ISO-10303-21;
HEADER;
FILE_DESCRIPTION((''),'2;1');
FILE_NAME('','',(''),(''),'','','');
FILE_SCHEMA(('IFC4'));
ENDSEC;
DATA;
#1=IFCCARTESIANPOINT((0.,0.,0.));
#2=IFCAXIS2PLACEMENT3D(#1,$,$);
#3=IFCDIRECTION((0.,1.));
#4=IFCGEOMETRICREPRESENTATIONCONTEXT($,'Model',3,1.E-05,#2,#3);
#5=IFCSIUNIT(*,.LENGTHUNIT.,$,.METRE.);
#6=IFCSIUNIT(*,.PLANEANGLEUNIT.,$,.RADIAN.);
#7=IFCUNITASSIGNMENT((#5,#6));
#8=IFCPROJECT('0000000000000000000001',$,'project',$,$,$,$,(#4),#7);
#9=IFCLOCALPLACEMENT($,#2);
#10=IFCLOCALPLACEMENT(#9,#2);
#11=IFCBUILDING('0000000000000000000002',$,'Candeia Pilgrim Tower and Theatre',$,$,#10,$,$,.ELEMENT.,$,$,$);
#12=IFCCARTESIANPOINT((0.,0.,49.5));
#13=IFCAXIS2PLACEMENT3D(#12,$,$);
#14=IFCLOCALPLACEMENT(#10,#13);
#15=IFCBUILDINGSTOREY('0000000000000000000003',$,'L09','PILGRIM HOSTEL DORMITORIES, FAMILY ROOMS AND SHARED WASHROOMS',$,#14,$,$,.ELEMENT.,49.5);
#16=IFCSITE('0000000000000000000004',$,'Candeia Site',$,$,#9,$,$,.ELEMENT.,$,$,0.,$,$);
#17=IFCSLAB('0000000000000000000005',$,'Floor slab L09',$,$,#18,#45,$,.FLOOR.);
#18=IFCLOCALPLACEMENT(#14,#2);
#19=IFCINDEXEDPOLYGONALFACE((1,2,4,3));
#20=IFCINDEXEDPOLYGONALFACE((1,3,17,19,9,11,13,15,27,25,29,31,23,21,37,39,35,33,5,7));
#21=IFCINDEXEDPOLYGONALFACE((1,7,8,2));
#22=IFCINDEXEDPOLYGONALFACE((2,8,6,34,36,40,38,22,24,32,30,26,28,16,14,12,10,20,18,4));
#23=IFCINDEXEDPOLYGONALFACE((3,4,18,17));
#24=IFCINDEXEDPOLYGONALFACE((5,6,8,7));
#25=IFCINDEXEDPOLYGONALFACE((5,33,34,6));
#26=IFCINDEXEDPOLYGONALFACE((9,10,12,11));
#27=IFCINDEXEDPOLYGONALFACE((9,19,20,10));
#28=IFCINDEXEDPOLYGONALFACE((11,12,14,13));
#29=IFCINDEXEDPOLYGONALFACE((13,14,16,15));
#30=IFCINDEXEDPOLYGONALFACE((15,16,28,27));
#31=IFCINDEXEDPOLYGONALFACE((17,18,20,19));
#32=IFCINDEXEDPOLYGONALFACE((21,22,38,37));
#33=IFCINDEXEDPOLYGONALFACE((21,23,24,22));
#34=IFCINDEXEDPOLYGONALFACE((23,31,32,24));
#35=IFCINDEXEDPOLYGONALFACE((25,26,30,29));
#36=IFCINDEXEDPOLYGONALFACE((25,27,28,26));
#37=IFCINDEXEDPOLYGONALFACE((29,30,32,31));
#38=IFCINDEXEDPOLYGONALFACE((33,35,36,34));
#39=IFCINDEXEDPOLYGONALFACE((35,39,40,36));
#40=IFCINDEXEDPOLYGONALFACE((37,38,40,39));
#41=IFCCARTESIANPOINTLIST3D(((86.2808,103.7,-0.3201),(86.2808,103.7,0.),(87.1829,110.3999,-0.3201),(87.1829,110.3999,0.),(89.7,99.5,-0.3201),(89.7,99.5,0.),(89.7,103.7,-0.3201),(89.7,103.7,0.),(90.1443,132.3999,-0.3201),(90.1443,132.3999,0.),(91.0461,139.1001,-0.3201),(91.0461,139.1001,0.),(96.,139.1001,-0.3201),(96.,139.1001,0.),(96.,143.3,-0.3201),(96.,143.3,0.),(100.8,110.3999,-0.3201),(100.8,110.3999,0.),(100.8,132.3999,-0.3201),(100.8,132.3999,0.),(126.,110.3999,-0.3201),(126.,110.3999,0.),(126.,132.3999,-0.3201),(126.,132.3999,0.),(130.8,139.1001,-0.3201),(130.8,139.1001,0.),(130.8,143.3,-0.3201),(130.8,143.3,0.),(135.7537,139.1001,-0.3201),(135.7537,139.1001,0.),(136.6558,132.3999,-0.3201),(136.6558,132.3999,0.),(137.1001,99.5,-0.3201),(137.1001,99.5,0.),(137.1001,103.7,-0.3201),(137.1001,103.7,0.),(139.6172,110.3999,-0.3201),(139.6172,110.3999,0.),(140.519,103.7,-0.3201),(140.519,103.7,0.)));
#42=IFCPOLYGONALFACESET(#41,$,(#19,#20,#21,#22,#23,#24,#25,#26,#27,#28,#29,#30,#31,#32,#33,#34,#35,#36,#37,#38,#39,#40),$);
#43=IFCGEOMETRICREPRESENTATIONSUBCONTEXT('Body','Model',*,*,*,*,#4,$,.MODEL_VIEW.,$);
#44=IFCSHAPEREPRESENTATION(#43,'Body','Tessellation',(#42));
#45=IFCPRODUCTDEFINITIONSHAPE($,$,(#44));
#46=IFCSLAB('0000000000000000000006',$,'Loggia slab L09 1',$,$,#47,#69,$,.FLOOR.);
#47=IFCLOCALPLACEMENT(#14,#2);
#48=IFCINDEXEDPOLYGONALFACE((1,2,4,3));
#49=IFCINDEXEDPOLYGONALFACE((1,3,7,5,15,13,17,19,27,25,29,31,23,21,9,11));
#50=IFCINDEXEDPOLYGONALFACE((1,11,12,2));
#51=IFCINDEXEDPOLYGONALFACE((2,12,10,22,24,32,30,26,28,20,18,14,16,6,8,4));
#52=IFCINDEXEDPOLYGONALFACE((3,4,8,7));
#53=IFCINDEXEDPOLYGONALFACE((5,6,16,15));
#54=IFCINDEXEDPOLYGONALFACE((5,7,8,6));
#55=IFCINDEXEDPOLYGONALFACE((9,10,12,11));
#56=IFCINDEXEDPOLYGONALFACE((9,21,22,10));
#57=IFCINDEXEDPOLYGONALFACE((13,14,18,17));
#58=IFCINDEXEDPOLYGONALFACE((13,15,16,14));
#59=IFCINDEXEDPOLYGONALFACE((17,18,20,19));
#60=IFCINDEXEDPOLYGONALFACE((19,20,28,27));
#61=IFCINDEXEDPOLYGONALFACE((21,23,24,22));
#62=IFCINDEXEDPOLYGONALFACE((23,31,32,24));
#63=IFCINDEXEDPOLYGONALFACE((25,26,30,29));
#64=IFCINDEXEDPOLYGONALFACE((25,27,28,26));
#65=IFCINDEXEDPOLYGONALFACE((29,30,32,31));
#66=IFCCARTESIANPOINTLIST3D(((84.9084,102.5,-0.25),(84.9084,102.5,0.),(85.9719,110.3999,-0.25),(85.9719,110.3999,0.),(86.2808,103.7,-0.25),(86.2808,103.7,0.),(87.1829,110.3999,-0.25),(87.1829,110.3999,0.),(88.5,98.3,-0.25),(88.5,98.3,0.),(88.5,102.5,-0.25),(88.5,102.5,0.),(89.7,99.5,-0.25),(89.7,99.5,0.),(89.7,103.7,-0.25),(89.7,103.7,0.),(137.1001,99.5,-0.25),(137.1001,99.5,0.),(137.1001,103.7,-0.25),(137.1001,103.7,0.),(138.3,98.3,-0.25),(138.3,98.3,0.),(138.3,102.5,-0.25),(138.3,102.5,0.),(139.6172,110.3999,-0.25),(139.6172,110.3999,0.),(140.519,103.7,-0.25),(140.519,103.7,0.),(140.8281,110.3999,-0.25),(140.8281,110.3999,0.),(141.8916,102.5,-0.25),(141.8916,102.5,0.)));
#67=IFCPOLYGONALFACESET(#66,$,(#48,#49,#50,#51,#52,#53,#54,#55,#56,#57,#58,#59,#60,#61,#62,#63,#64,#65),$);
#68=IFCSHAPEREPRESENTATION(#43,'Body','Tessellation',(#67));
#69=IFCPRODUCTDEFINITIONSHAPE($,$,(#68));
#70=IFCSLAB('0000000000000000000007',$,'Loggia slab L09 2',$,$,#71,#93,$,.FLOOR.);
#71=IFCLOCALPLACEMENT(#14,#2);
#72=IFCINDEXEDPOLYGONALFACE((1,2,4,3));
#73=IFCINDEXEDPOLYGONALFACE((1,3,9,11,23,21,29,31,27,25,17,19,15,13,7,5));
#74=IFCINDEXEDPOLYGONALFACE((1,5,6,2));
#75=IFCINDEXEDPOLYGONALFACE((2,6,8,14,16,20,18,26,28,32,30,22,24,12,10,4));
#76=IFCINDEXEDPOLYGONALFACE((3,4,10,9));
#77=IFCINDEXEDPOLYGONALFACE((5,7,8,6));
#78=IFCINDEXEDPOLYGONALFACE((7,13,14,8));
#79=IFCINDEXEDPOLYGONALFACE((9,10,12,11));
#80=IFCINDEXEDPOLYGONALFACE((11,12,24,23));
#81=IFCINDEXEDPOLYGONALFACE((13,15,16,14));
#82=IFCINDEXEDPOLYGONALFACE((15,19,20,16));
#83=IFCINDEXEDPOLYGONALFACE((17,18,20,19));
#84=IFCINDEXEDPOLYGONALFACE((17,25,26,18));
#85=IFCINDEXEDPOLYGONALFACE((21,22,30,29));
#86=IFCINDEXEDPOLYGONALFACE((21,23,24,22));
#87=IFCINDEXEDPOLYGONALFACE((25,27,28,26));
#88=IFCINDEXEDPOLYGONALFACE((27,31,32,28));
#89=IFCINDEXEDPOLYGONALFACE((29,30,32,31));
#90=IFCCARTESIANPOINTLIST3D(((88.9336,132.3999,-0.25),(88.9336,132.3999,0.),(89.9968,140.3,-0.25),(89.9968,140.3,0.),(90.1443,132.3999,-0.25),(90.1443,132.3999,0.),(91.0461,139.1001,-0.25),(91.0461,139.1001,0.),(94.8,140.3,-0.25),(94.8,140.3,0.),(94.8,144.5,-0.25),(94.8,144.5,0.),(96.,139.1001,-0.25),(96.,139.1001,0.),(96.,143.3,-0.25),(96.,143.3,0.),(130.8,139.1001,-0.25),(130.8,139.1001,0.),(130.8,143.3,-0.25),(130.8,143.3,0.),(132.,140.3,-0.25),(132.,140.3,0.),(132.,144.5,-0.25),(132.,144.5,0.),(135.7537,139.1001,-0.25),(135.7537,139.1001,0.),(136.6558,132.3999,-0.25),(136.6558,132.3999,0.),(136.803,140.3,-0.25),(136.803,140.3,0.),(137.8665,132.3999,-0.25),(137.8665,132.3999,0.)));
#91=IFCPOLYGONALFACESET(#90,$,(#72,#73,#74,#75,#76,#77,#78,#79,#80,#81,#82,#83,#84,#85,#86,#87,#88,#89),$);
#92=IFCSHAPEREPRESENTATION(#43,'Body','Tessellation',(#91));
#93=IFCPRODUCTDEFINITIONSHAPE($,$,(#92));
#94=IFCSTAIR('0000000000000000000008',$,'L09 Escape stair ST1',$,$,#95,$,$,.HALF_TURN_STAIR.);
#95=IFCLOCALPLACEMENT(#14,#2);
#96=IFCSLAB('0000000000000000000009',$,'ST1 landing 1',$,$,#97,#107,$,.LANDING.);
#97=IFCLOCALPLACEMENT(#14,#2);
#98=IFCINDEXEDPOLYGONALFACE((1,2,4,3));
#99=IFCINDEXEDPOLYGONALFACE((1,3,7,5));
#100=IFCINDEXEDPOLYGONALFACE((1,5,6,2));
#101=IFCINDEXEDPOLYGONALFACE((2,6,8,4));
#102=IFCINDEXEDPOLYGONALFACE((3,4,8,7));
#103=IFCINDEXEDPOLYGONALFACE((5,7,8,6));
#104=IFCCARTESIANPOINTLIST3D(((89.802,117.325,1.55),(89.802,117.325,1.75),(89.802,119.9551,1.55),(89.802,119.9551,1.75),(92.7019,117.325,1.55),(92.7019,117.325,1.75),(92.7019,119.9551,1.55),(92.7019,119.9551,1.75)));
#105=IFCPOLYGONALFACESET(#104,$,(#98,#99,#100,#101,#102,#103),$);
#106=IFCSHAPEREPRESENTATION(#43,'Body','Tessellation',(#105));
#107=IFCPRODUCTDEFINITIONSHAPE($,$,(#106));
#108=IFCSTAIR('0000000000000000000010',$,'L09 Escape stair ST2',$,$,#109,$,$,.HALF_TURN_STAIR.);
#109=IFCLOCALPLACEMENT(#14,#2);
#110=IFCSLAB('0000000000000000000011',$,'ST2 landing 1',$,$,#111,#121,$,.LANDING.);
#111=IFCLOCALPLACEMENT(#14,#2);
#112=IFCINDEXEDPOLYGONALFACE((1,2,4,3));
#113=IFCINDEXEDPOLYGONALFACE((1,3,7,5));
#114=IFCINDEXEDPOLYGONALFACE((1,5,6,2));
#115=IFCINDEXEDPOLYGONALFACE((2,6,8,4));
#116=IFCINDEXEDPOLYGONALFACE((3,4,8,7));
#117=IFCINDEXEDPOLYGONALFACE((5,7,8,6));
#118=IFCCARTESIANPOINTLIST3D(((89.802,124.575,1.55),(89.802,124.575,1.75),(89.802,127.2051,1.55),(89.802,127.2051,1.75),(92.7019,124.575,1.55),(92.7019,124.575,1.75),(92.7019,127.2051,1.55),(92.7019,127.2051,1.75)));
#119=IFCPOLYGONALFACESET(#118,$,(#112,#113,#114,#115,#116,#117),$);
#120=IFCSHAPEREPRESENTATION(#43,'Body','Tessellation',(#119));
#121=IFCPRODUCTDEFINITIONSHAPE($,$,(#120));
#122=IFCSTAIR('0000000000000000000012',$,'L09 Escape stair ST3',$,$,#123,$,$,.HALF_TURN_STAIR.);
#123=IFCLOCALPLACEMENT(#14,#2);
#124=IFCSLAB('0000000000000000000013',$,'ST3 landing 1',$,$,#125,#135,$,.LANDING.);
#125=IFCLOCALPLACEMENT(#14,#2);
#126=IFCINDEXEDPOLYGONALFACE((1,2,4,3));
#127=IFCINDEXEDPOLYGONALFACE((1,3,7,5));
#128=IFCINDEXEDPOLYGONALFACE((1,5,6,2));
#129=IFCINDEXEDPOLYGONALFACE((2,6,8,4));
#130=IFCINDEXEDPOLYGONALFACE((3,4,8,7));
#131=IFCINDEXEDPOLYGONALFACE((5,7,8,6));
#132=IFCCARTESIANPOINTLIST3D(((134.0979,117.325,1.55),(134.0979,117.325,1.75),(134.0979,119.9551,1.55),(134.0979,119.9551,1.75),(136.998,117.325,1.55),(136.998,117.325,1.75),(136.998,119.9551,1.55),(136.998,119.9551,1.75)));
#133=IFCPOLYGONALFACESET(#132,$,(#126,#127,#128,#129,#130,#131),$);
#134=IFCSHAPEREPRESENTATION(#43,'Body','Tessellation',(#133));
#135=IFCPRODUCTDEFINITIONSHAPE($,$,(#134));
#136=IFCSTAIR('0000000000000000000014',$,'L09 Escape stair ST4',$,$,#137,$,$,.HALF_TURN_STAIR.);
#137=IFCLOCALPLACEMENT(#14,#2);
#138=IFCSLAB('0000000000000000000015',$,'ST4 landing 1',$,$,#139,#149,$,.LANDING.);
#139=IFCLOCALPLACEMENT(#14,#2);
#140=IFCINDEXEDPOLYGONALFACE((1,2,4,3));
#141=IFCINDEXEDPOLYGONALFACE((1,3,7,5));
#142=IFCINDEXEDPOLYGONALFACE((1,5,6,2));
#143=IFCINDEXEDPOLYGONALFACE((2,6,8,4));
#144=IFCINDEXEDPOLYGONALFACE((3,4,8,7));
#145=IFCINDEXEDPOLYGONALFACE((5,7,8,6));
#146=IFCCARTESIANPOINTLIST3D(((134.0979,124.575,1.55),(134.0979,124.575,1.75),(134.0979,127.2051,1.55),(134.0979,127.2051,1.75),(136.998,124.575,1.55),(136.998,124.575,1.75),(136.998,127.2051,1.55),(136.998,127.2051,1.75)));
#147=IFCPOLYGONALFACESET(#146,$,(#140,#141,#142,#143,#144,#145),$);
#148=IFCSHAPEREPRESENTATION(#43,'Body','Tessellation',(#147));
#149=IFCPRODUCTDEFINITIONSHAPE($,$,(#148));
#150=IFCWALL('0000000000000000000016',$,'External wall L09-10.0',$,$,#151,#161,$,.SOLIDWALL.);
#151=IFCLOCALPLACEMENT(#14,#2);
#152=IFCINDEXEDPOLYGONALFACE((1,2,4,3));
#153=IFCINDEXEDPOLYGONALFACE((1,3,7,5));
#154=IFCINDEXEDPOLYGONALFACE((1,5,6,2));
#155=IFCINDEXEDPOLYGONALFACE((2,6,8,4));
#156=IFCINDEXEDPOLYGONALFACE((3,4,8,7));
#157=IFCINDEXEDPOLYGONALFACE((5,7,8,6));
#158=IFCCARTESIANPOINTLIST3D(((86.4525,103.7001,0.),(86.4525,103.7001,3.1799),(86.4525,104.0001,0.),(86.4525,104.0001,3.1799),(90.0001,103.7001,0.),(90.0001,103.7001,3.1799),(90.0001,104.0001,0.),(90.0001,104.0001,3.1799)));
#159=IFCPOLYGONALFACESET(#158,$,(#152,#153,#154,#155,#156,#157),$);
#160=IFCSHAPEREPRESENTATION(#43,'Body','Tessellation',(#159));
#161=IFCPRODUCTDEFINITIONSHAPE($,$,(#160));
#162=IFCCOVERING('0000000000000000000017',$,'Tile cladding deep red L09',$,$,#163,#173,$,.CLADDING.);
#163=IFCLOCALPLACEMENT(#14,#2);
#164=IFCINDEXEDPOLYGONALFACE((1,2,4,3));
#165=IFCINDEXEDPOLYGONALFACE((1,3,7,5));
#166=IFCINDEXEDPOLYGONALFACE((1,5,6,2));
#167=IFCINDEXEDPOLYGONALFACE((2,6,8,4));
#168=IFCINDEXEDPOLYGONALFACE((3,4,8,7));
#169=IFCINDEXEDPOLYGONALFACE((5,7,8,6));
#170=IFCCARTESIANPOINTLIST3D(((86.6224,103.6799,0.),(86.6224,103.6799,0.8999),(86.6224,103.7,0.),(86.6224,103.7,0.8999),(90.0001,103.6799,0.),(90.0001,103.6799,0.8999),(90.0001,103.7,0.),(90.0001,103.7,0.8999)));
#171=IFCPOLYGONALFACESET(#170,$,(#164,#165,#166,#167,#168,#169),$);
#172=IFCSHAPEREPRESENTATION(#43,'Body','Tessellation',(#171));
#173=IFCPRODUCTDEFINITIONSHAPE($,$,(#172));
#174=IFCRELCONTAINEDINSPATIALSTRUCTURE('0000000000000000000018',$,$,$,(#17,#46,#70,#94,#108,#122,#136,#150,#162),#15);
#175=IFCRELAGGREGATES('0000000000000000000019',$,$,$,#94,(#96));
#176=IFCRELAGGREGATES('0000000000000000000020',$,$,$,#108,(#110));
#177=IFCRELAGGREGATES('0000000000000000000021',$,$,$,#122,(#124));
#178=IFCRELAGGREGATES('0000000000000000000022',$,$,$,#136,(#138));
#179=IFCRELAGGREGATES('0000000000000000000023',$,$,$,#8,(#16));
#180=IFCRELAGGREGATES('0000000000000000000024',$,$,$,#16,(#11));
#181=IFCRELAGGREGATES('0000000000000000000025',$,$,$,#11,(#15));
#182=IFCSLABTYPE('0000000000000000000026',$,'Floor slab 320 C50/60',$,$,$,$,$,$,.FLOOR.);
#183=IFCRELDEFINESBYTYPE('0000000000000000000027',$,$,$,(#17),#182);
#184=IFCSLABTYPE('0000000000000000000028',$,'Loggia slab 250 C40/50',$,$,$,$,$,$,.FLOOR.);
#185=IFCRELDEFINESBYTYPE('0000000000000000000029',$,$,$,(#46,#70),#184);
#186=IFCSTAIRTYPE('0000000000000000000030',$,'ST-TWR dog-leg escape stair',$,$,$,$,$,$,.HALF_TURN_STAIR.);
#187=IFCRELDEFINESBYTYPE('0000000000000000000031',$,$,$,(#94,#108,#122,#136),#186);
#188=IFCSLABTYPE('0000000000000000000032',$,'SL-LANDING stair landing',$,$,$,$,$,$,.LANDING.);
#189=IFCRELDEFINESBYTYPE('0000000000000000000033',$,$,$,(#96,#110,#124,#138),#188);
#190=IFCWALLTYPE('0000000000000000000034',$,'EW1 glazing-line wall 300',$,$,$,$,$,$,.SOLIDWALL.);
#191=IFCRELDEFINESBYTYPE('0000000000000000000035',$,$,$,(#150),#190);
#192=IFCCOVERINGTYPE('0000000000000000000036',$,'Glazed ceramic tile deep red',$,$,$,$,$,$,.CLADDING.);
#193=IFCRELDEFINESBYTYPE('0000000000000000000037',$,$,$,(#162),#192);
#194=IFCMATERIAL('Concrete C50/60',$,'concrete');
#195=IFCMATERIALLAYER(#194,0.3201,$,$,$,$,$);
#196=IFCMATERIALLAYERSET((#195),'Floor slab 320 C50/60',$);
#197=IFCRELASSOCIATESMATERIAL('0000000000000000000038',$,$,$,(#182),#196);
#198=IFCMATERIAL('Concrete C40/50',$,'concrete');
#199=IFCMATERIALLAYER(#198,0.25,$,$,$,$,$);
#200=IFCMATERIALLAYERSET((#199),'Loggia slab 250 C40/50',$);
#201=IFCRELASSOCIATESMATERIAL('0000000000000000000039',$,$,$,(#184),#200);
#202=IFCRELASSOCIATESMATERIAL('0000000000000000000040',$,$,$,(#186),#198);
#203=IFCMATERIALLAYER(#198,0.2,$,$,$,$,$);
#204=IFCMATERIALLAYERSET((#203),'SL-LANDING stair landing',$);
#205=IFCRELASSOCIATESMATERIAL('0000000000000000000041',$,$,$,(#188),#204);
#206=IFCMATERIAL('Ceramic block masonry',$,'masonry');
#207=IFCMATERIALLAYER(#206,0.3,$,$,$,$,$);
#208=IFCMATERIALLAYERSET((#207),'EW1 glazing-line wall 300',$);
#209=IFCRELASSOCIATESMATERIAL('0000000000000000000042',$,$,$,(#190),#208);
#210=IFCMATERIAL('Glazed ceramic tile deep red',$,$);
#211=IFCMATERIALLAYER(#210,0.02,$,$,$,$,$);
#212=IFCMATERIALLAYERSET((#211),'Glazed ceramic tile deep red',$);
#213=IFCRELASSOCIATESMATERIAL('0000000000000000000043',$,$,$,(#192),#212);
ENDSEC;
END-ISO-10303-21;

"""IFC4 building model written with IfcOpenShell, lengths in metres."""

from ifc_helpers import new_model, si_unit, direction, frame, frame_2d, origin, origin_2d, place, context, subcontext, project, spatial, polyline, rectangle, outline, extrude, material, layer, layer_set, type_object, element, aggregate, save


model = new_model("IFC4")

# Units and contexts
model_context = context("Model", 3, precision=1e-05, world=origin(), true_north=direction((0.0, 1.0)))
body_context = subcontext(model_context, "Body", "Model", "MODEL_VIEW")
ifc_project = project(units=[si_unit("LENGTHUNIT", "METRE"), si_unit("PLANEANGLEUNIT", "RADIAN")], contexts=[model_context])

# Site, building, storey
site_placement = place(None, origin())
site = spatial("IfcSite", under=ifc_project, at=site_placement, Name="Candeia Site", CompositionType="ELEMENT", RefElevation=0.0)
building_placement = place(site_placement, origin())
building = spatial("IfcBuilding", under=site, at=building_placement, Name="Candeia Pilgrim Tower and Theatre", CompositionType="ELEMENT")
storey_placement = place(building_placement, frame((0.0, 0.0, 49.5)))
storey = spatial("IfcBuildingStorey", under=building, at=storey_placement, Name="L09", Description="PILGRIM HOSTEL DORMITORIES, FAMILY ROOMS AND SHARED WASHROOMS", CompositionType="ELEMENT", Elevation=49.5)

# Slabs
ifc_material_1 = material(Name="Concrete C40/50", Category="concrete")
ifc_material_2 = material(Name="Concrete C50/60", Category="concrete")
ifc_layer_1 = layer(ifc_material_2, 0.3201)
ifc_layer_set_1 = layer_set([ifc_layer_1], Name="Floor slab 320 C50/60")
slab_type_1 = type_object("IfcSlabType", Name="Floor slab 320 C50/60", PredefinedType="FLOOR", material=ifc_layer_set_1)
slab_1_placement = place(storey_placement, frame((0.0, 0.0, -0.3201)))
element("IfcSlab", 1, at=slab_1_placement, inside=storey, type_object=slab_type_1, Name="Floor slab L09", PredefinedType="FLOOR", context=body_context, shape_type="SweptSolid", body=[
    extrude(outline(polyline([(96.0, 139.1001), (96.0, 143.3), (130.8, 143.3), (130.8, 139.1001), (135.7537, 139.1001), (136.6558, 132.3999), (126.0, 132.3999), (126.0, 110.3999), (139.6172, 110.3999), (140.519, 103.7), (137.1001, 103.7), (137.1001, 99.5), (89.7, 99.5), (89.7, 103.7), (86.2808, 103.7), (87.1829, 110.3999), (100.8, 110.3999), (100.8, 132.3999), (90.1443, 132.3999), (91.0461, 139.1001), (96.0, 139.1001)])), origin(), (0.0, 0.0, 1.0), 0.3201),
])
ifc_layer_2 = layer(ifc_material_1, 0.25)
ifc_layer_set_2 = layer_set([ifc_layer_2], Name="Loggia slab 250 C40/50")
slab_type_2 = type_object("IfcSlabType", Name="Loggia slab 250 C40/50", PredefinedType="FLOOR", material=ifc_layer_set_2)
slab_2_placement = place(storey_placement, frame((0.0, 0.0, -0.25)))
element("IfcSlab", 2, at=slab_2_placement, inside=storey, type_object=slab_type_2, Name="Loggia slab L09 1", PredefinedType="FLOOR", context=body_context, shape_type="SweptSolid", body=[
    extrude(outline(polyline([(87.1829, 110.3999), (86.2808, 103.7), (89.7, 103.7), (89.7, 99.5), (137.1001, 99.5), (137.1001, 103.7), (140.519, 103.7), (139.6172, 110.3999), (140.8281, 110.3999), (141.8916, 102.5), (138.3, 102.5), (138.3, 98.3), (88.5, 98.3), (88.5, 102.5), (84.9084, 102.5), (85.9719, 110.3999), (87.1829, 110.3999)])), origin(), (0.0, 0.0, 1.0), 0.25),
])
slab_3_placement = place(storey_placement, frame((0.0, 0.0, -0.25)))
element("IfcSlab", 3, at=slab_3_placement, inside=storey, type_object=slab_type_2, Name="Loggia slab L09 2", PredefinedType="FLOOR", context=body_context, shape_type="SweptSolid", body=[
    extrude(outline(polyline([(136.6558, 132.3999), (135.7537, 139.1001), (130.8, 139.1001), (130.8, 143.3), (96.0, 143.3), (96.0, 139.1001), (91.0461, 139.1001), (90.1443, 132.3999), (88.9336, 132.3999), (89.9968, 140.3), (94.8, 140.3), (94.8, 144.5), (132.0, 144.5), (132.0, 140.3), (136.803, 140.3), (137.8665, 132.3999), (136.6558, 132.3999)])), origin(), (0.0, 0.0, 1.0), 0.25),
])

# Stairs, slabs
stair_type = type_object("IfcStairType", Name="ST-TWR dog-leg escape stair", PredefinedType="HALF_TURN_STAIR", material=ifc_material_1)
stair_1_placement = place(storey_placement, origin())
stair_1 = element("IfcStair", 4, at=stair_1_placement, inside=storey, type_object=stair_type, Name="L09 Escape stair ST1", PredefinedType="HALF_TURN_STAIR")
ifc_layer_3 = layer(ifc_material_1, 0.2)
ifc_layer_set_3 = layer_set([ifc_layer_3], Name="SL-LANDING stair landing")
slab_type_3 = type_object("IfcSlabType", Name="SL-LANDING stair landing", PredefinedType="LANDING", material=ifc_layer_set_3)
slab_4_placement = place(storey_placement, frame((0.0, 0.0, 1.55)))
slab_4 = element("IfcSlab", 5, at=slab_4_placement, type_object=slab_type_3, Name="ST1 landing 1", PredefinedType="LANDING", context=body_context, shape_type="SweptSolid", body=[
    extrude(outline(polyline([(89.802, 119.9551), (89.802, 117.325), (92.7019, 117.325), (92.7019, 119.9551), (89.802, 119.9551)])), origin(), (0.0, 0.0, 1.0), 0.2),
])
aggregate(stair_1, [slab_4])
stair_2_placement = place(storey_placement, origin())
stair_2 = element("IfcStair", 6, at=stair_2_placement, inside=storey, type_object=stair_type, Name="L09 Escape stair ST2", PredefinedType="HALF_TURN_STAIR")
slab_5_placement = place(storey_placement, frame((0.0, 0.0, 1.55)))
slab_5 = element("IfcSlab", 7, at=slab_5_placement, type_object=slab_type_3, Name="ST2 landing 1", PredefinedType="LANDING", context=body_context, shape_type="SweptSolid", body=[
    extrude(outline(polyline([(89.802, 127.2051), (89.802, 124.575), (92.7019, 124.575), (92.7019, 127.2051), (89.802, 127.2051)])), origin(), (0.0, 0.0, 1.0), 0.2),
])
aggregate(stair_2, [slab_5])
stair_3_placement = place(storey_placement, origin())
stair_3 = element("IfcStair", 8, at=stair_3_placement, inside=storey, type_object=stair_type, Name="L09 Escape stair ST3", PredefinedType="HALF_TURN_STAIR")
slab_6_placement = place(storey_placement, frame((0.0, 0.0, 1.55)))
slab_6 = element("IfcSlab", 9, at=slab_6_placement, type_object=slab_type_3, Name="ST3 landing 1", PredefinedType="LANDING", context=body_context, shape_type="SweptSolid", body=[
    extrude(outline(polyline([(134.0979, 119.9551), (134.0979, 117.325), (136.998, 117.325), (136.998, 119.9551), (134.0979, 119.9551)])), origin(), (0.0, 0.0, 1.0), 0.2),
])
aggregate(stair_3, [slab_6])
stair_4_placement = place(storey_placement, origin())
stair_4 = element("IfcStair", 10, at=stair_4_placement, inside=storey, type_object=stair_type, Name="L09 Escape stair ST4", PredefinedType="HALF_TURN_STAIR")
slab_7_placement = place(storey_placement, frame((0.0, 0.0, 1.55)))
slab_7 = element("IfcSlab", 11, at=slab_7_placement, type_object=slab_type_3, Name="ST4 landing 1", PredefinedType="LANDING", context=body_context, shape_type="SweptSolid", body=[
    extrude(outline(polyline([(134.0979, 127.2051), (134.0979, 124.575), (136.998, 124.575), (136.998, 127.2051), (134.0979, 127.2051)])), origin(), (0.0, 0.0, 1.0), 0.2),
])
aggregate(stair_4, [slab_7])

# Wall
ifc_material_3 = material(Name="Ceramic block masonry", Category="masonry")
ifc_layer_4 = layer(ifc_material_3, 0.3)
ifc_layer_set_4 = layer_set([ifc_layer_4], Name="EW1 glazing-line wall 300")
wall_type = type_object("IfcWallType", Name="EW1 glazing-line wall 300", PredefinedType="SOLIDWALL", material=ifc_layer_set_4)
wall_placement = place(storey_placement, frame((86.4524, 103.8501, 0.0), z_axis=(0.0, 0.0, 1.0), x_axis=(1.0, 0.0, 0.0)))
element("IfcWall", 12, at=wall_placement, inside=storey, type_object=wall_type, Name="External wall L09-10.0", PredefinedType="SOLIDWALL", context=body_context, shape_type="SweptSolid", body=[
    extrude(rectangle(XDim=3.5476, YDim=0.3, at=frame_2d((1.7739, 0.0))), origin(), (0.0, 0.0, 1.0), 3.1799),
])

# Covering
ifc_material_4 = material(Name="Glazed ceramic tile deep red")
ifc_layer_5 = layer(ifc_material_4, 0.02)
ifc_layer_set_5 = layer_set([ifc_layer_5], Name="Glazed ceramic tile deep red")
covering_type = type_object("IfcCoveringType", Name="Glazed ceramic tile deep red", PredefinedType="CLADDING", material=ifc_layer_set_5)
covering_placement = place(storey_placement, frame((88.3113, 103.6899, 0.0), z_axis=(0.0, 0.0, 1.0), x_axis=(1.0, 0.0, 0.0)))
element("IfcCovering", 13, at=covering_placement, inside=storey, type_object=covering_type, Name="Tile cladding deep red L09", PredefinedType="CLADDING", context=body_context, shape_type="SweptSolid", body=[
    extrude(rectangle(XDim=3.3777, YDim=0.02, at=origin_2d()), origin(), (0.0, 0.0, 1.0), 0.8999),
])

save(model, "model.ifc")
